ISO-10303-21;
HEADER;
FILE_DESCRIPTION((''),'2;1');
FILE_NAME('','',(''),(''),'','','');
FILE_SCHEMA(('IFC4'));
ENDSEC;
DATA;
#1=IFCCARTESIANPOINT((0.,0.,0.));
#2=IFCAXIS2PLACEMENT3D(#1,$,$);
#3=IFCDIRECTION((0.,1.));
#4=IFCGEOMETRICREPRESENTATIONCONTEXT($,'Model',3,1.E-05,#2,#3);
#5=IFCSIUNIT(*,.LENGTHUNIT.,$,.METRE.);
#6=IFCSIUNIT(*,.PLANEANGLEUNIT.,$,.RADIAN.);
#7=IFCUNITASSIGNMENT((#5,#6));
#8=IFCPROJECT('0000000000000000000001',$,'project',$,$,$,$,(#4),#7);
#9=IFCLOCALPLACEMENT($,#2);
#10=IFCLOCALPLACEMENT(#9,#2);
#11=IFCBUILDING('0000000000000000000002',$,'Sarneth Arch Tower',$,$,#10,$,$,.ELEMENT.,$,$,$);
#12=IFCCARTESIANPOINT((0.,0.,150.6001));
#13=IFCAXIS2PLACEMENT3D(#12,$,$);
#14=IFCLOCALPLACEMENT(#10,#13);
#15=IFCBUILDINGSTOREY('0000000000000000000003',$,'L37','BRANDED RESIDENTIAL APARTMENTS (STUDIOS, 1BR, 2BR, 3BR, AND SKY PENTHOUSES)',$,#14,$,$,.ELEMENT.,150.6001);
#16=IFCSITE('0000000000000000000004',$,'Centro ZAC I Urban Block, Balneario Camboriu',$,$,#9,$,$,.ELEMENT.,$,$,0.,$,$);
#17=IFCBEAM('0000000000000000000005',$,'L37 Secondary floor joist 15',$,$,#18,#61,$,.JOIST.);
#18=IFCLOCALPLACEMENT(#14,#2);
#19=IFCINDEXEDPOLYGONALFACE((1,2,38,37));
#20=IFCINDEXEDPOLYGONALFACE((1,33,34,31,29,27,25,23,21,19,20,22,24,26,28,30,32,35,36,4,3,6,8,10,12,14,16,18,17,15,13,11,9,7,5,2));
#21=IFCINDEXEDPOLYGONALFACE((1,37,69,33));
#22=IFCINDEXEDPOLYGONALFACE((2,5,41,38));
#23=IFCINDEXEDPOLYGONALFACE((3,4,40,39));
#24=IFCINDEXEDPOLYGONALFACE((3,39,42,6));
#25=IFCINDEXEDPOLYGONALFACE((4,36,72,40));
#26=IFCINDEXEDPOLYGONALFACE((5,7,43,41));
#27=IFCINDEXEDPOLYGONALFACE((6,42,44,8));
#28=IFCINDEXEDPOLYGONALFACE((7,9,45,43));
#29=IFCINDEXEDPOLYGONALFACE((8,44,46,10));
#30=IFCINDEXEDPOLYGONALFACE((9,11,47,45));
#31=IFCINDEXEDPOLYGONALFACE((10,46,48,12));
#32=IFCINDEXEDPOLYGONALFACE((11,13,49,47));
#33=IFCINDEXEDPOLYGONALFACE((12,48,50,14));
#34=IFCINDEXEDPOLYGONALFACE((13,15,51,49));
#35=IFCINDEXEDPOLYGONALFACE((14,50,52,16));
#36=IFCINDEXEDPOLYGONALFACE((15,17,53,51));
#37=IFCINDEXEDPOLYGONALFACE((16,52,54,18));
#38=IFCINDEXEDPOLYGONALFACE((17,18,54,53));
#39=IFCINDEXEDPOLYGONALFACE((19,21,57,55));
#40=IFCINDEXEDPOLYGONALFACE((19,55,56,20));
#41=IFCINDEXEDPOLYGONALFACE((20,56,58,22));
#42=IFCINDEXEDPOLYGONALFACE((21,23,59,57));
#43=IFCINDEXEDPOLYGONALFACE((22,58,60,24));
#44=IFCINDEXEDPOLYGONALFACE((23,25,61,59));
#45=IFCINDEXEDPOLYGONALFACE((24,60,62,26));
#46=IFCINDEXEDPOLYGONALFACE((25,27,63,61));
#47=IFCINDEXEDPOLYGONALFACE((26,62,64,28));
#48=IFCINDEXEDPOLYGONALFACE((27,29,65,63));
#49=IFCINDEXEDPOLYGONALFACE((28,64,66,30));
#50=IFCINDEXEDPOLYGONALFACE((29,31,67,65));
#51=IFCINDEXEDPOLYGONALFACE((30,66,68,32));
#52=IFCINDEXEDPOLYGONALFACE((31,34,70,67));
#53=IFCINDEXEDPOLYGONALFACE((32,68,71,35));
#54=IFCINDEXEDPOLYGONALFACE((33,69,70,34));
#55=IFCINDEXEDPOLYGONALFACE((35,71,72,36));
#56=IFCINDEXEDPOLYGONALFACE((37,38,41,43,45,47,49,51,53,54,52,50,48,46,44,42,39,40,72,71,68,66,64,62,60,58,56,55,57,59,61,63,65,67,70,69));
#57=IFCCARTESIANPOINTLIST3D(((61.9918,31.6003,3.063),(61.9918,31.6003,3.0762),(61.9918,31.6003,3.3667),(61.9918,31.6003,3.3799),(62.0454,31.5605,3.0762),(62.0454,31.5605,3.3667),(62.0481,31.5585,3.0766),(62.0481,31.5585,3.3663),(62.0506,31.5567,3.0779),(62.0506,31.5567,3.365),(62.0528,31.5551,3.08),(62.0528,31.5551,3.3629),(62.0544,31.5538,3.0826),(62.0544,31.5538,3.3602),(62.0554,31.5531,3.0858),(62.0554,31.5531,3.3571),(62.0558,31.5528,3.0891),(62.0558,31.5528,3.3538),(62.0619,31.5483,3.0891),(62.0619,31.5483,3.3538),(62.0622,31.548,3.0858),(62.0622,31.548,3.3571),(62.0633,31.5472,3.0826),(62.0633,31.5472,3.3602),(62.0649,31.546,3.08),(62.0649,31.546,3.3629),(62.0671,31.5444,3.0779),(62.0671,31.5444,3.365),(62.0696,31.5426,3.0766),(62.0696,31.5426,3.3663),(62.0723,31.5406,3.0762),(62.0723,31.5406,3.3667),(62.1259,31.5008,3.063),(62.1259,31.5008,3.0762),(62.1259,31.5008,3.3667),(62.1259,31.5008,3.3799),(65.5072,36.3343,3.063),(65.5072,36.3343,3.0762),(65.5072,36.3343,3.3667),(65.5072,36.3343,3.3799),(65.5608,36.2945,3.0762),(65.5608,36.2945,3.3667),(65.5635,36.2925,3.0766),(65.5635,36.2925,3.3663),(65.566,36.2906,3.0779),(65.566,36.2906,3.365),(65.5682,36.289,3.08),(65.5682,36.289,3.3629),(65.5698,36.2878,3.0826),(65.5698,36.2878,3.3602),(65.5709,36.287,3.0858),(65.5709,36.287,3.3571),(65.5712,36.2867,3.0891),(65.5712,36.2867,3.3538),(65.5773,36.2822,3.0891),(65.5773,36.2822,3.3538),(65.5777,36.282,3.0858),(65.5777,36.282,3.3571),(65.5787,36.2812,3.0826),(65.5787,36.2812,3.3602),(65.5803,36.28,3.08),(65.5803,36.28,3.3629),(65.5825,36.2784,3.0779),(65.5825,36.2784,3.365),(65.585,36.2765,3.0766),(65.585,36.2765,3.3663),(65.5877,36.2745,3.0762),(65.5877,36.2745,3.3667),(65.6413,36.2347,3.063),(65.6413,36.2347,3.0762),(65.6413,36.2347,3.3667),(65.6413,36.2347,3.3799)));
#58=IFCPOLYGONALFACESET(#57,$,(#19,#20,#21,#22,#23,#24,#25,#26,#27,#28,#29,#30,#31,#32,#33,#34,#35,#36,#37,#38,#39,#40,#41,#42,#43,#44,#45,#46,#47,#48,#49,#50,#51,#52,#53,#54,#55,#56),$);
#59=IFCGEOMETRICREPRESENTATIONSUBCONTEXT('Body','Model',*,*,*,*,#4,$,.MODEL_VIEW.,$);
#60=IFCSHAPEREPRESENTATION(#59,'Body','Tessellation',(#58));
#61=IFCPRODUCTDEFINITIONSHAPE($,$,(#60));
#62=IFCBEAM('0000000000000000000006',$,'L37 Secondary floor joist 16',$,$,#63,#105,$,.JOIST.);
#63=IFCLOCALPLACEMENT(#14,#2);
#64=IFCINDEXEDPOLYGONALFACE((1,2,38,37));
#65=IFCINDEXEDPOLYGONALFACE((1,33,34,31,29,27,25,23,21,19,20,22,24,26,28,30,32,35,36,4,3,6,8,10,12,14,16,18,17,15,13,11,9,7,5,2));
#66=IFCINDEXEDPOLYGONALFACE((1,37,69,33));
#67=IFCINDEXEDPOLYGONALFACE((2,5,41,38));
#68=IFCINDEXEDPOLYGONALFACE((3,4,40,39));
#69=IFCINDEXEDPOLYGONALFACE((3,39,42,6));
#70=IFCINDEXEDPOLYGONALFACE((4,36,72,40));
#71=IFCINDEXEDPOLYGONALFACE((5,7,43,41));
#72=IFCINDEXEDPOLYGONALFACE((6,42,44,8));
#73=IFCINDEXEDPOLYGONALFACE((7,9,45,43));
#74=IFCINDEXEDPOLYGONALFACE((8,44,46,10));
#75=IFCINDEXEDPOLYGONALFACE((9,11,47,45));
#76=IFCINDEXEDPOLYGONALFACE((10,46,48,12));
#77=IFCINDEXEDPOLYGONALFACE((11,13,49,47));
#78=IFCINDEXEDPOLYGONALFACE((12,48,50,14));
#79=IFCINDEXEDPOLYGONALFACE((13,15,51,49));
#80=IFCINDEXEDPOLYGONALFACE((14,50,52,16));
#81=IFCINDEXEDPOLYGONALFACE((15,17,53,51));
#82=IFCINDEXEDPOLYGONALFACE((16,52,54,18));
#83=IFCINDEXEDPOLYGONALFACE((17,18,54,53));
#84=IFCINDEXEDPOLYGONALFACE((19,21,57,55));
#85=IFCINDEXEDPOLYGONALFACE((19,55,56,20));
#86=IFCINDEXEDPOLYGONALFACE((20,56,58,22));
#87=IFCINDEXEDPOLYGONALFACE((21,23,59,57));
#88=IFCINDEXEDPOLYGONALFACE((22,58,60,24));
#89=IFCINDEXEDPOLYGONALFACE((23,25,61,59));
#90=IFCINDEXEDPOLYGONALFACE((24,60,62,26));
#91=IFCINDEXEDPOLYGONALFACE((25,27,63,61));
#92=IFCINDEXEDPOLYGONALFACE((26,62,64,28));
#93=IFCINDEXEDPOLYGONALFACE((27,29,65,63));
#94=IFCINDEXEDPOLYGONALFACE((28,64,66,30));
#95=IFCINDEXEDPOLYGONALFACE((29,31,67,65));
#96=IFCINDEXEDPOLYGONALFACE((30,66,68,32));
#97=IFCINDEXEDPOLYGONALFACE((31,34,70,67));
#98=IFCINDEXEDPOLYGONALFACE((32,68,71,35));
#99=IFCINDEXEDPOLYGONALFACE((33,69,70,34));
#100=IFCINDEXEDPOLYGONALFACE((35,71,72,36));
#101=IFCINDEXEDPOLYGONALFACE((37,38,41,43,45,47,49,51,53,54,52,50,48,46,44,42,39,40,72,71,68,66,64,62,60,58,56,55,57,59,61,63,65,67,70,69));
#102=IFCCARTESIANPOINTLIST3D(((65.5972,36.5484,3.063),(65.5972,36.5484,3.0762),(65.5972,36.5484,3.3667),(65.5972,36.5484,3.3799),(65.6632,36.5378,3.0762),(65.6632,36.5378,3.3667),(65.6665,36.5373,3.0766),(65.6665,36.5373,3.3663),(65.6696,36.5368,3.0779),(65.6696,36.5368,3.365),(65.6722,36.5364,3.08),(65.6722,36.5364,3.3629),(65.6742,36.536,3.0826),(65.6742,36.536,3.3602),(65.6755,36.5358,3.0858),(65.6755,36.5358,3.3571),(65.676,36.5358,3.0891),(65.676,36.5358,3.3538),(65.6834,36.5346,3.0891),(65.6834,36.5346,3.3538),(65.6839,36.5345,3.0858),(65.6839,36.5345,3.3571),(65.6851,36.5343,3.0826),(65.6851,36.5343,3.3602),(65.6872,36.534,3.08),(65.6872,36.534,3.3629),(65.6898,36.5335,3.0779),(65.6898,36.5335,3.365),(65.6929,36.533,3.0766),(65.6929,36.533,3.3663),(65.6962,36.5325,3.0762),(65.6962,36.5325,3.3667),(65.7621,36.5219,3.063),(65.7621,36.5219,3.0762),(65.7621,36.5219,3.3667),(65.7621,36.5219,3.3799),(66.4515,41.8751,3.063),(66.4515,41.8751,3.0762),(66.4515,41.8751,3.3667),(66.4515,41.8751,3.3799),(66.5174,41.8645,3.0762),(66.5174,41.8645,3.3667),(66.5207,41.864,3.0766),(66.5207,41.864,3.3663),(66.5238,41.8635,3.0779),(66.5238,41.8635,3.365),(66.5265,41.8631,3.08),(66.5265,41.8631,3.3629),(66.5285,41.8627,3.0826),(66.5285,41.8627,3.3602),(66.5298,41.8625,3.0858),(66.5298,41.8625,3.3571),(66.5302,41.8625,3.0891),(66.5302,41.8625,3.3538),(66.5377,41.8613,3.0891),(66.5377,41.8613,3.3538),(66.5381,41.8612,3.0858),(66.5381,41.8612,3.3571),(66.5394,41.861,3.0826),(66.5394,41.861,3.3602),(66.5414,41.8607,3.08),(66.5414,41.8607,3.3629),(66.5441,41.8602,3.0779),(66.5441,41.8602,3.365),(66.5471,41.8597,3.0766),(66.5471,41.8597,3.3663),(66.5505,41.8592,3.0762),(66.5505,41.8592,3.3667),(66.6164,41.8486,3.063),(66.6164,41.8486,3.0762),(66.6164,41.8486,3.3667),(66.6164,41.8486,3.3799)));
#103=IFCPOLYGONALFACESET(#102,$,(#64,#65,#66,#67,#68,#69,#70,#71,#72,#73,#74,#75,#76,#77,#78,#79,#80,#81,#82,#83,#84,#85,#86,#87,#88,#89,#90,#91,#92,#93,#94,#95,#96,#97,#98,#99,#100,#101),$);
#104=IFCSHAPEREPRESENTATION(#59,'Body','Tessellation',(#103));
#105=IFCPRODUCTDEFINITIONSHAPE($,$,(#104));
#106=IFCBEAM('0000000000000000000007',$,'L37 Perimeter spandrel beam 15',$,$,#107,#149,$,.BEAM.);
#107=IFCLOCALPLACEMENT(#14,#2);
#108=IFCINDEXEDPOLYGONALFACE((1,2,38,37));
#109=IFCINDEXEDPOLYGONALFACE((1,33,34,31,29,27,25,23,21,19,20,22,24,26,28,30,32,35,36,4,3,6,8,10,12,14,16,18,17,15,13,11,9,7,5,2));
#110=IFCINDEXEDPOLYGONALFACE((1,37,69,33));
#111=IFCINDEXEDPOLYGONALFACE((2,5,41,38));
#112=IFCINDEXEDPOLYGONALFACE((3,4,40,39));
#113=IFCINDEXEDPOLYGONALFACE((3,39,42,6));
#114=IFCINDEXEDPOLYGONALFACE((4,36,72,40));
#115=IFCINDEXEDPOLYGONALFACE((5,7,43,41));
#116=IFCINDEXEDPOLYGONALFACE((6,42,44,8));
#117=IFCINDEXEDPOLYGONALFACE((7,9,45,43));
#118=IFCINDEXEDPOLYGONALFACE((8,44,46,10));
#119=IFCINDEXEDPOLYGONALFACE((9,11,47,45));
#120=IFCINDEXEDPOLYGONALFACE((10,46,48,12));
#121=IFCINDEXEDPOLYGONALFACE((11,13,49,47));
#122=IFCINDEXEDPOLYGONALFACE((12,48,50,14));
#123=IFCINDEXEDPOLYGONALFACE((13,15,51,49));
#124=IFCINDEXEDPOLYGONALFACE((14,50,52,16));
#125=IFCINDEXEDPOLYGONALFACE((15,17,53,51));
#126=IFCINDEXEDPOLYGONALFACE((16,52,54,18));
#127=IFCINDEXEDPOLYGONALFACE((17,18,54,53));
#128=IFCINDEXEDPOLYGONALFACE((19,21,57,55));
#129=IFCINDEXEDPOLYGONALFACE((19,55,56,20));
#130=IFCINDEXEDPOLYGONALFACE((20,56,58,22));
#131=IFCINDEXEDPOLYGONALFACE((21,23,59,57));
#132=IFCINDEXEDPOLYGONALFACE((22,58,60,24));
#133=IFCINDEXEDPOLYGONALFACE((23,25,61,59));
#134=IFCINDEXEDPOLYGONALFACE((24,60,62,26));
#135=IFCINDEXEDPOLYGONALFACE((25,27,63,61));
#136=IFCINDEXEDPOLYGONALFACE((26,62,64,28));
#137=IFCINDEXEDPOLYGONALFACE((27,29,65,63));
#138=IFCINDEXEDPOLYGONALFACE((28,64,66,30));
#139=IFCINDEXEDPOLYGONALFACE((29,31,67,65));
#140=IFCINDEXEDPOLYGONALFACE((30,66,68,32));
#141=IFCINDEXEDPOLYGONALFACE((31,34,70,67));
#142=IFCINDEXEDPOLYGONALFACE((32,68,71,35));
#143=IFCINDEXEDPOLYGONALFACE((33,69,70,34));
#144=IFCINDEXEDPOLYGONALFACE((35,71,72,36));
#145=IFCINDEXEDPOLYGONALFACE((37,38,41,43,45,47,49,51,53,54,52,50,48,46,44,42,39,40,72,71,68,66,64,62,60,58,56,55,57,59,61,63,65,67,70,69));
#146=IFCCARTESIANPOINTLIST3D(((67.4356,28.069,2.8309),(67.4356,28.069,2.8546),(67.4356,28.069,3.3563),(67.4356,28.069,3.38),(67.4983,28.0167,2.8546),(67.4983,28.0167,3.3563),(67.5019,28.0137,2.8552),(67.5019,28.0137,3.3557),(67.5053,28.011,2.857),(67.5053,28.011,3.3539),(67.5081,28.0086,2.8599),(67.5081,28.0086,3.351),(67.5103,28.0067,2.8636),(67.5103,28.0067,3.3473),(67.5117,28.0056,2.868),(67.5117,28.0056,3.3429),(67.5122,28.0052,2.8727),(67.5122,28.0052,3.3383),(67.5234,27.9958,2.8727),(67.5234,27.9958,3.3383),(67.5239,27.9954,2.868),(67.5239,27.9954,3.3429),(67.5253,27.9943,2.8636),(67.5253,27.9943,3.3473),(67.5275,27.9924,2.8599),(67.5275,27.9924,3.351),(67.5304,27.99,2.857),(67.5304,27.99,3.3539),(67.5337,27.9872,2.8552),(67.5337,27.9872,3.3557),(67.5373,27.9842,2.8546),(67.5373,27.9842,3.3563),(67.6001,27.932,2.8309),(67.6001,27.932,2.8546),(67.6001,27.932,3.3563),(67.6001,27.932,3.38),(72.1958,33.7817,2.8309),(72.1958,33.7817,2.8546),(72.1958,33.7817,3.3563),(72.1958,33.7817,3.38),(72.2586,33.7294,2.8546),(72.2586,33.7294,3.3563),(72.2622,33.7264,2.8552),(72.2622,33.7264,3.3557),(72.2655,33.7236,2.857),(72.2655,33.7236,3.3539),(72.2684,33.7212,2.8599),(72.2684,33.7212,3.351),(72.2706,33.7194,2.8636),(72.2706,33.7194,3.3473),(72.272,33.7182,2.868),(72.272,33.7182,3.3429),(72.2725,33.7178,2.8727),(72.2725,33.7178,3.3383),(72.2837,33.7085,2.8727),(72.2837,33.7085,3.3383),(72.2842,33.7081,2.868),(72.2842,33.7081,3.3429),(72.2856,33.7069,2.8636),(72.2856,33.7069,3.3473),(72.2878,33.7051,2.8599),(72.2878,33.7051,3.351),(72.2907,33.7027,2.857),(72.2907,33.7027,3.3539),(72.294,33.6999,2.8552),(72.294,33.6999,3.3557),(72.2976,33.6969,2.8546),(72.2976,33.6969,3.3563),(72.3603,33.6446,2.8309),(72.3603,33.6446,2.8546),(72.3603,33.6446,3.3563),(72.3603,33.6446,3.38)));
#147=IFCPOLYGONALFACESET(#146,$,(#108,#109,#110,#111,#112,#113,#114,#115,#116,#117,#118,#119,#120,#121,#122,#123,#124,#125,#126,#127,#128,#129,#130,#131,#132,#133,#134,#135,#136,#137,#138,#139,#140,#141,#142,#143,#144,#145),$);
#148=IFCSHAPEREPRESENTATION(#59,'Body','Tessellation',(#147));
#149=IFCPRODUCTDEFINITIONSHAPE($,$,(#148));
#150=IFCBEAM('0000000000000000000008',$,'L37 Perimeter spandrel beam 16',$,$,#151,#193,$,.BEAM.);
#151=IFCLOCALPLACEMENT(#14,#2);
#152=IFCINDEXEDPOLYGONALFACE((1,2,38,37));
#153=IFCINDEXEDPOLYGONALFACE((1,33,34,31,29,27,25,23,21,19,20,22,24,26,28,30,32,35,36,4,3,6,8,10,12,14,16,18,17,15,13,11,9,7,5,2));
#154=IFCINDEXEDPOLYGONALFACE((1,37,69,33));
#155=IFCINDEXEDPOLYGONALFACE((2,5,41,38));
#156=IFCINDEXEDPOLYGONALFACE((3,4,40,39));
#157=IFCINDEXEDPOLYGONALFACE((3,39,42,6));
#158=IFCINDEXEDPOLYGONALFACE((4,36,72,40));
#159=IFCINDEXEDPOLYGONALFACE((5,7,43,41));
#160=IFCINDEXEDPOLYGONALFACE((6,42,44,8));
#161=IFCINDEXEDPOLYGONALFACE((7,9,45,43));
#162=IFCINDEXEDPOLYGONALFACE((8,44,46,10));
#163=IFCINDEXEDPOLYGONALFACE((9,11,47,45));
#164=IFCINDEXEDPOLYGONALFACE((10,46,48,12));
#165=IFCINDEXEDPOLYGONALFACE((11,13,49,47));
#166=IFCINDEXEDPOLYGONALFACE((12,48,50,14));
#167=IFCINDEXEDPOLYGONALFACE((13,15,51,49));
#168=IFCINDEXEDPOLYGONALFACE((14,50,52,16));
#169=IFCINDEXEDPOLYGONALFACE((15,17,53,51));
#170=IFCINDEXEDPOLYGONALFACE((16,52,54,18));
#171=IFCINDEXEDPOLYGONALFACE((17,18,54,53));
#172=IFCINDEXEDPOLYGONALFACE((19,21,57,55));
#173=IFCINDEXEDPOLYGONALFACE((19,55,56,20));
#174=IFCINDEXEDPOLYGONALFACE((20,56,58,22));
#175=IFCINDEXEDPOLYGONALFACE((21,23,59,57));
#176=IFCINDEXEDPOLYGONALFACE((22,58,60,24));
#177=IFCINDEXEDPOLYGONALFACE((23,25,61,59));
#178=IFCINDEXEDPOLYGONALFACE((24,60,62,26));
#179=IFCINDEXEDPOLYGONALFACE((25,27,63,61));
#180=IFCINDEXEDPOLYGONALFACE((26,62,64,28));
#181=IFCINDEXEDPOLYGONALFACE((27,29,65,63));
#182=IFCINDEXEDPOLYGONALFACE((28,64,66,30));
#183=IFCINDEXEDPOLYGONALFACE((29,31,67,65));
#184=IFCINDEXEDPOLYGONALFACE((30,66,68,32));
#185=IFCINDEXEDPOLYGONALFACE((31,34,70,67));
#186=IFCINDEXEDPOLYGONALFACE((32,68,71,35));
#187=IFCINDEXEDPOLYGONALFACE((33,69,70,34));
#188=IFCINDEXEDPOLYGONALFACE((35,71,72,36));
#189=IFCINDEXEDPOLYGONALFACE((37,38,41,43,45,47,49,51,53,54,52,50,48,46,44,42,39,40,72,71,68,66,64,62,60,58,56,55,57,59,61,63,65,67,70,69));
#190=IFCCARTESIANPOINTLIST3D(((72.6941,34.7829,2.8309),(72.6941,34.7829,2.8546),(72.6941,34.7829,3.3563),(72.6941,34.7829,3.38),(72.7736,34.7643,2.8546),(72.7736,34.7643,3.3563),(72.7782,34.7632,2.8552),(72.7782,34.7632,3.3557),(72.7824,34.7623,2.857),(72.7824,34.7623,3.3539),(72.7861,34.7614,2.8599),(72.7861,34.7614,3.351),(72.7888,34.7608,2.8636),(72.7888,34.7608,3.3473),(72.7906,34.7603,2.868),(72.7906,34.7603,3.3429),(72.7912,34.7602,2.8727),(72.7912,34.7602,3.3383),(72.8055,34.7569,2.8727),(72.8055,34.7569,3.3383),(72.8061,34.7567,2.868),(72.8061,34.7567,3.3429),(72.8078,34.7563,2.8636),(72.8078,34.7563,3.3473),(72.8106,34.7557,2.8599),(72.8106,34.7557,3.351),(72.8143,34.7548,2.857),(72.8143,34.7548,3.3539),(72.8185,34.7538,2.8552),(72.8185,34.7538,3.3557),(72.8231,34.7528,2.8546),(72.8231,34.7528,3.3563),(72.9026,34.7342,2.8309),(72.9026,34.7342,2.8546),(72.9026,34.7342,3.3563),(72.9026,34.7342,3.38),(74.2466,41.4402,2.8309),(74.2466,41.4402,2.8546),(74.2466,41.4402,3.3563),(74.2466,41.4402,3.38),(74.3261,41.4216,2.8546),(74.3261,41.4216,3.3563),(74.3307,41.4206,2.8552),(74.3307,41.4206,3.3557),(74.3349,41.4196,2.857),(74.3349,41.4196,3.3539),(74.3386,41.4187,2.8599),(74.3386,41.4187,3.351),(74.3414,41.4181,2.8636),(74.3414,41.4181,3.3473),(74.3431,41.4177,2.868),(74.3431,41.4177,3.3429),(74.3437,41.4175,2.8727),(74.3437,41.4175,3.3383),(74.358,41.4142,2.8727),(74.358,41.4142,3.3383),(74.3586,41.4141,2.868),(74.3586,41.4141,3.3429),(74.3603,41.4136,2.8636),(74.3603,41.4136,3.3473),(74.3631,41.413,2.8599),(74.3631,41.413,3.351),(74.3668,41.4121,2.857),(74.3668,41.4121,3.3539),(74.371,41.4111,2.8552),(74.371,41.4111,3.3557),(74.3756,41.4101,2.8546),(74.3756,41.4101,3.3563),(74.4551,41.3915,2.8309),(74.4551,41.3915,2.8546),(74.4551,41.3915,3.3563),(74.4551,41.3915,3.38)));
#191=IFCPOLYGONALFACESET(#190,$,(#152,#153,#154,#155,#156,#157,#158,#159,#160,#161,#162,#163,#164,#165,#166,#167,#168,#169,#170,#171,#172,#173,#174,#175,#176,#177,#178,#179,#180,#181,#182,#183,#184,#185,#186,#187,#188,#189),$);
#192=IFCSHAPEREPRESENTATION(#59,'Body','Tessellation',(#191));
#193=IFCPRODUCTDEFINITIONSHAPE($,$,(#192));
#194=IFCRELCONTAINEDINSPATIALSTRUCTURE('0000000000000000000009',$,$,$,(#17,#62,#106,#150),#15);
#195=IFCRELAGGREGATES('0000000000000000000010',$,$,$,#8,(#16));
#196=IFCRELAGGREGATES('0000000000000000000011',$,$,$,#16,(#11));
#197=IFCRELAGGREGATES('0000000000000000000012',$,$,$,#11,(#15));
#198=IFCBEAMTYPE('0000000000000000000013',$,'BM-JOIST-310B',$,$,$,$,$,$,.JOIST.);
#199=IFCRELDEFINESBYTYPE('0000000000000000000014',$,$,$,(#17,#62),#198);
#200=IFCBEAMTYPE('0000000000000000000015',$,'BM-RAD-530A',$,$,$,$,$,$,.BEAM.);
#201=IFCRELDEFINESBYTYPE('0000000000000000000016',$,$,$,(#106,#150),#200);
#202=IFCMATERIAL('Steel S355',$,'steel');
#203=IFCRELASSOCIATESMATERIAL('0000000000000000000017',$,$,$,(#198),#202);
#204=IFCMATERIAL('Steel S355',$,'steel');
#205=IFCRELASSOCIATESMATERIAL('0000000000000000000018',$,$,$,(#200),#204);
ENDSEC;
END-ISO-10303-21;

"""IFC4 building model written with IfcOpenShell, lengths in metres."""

from ifc_helpers import new_model, si_unit, direction, frame, origin, origin_2d, place, context, subcontext, project, spatial, i_section, extrude, material, material_profile, profile_set, type_object, element, save


model = new_model("IFC4")

# Units and contexts
model_context = context("Model", 3, precision=1e-05, world=origin(), true_north=direction((0.0, 1.0)))
body_context = subcontext(model_context, "Body", "Model", "MODEL_VIEW")
ifc_project = project(units=[si_unit("LENGTHUNIT", "METRE"), si_unit("PLANEANGLEUNIT", "RADIAN")], contexts=[model_context])

# Site, building, storey
site_placement = place(None, origin())
site = spatial("IfcSite", under=ifc_project, at=site_placement, Name="Centro ZAC I Urban Block, Balneario Camboriu", CompositionType="ELEMENT", RefElevation=0.0)
building_placement = place(site_placement, origin())
building = spatial("IfcBuilding", under=site, at=building_placement, Name="Sarneth Arch Tower", CompositionType="ELEMENT")
storey_placement = place(building_placement, frame((0.0, 0.0, 150.6001)))
storey = spatial("IfcBuildingStorey", under=building, at=storey_placement, Name="L37", Description="BRANDED RESIDENTIAL APARTMENTS (STUDIOS, 1BR, 2BR, 3BR, AND SKY PENTHOUSES)", CompositionType="ELEMENT", Elevation=150.6001)

# Beams
ifc_material_1 = material(Name="Steel S355", Category="steel")
ifc_material_profile_1 = material_profile(ifc_material_1, i_section(OverallWidth=0.167, OverallDepth=0.3169, WebThickness=0.0076, FlangeThickness=0.0132, FilletRadius=0.0129, at=origin_2d()), Name="W310x52")
ifc_profile_set_1 = profile_set([ifc_material_profile_1], Name="Steel S355")
beam_type_1 = type_object("IfcBeamType", Name="BM-JOIST-310B", PredefinedType="JOIST", material=ifc_profile_set_1)
beam_1_placement = place(storey_placement, frame((62.0588, 31.5505, 3.2214), z_axis=(0.596191, 0.802843, 0.0), x_axis=(-0.802843, 0.596191, 0.0)))
element("IfcBeam", 1, at=beam_1_placement, inside=storey, type_object=beam_type_1, Name="L37 Secondary floor joist 15", PredefinedType="JOIST", context=body_context, shape_type="SweptSolid", body=[
    extrude(i_section(OverallWidth=0.167, OverallDepth=0.3169, WebThickness=0.0076, FlangeThickness=0.0132, FilletRadius=0.0129, at=origin_2d()), origin(), (0.0, 0.0, 1.0), 5.8965),
])
beam_2_placement = place(storey_placement, frame((65.6797, 36.5352, 3.2214), z_axis=(0.158349, 0.987383, 0.0), x_axis=(-0.987383, 0.158349, 0.0)))
element("IfcBeam", 2, at=beam_2_placement, inside=storey, type_object=beam_type_1, Name="L37 Secondary floor joist 16", PredefinedType="JOIST", context=body_context, shape_type="SweptSolid", body=[
    extrude(i_section(OverallWidth=0.167, OverallDepth=0.3169, WebThickness=0.0076, FlangeThickness=0.0132, FilletRadius=0.0129, at=origin_2d()), origin(), (0.0, 0.0, 1.0), 5.3948),
])
ifc_material_2 = material(Name="Steel S355", Category="steel")
ifc_material_profile_2 = material_profile(ifc_material_2, i_section(OverallWidth=0.2141, OverallDepth=0.5491, WebThickness=0.0146, FlangeThickness=0.0237, FilletRadius=0.0181, at=origin_2d()), Name="W530x138")
ifc_profile_set_2 = profile_set([ifc_material_profile_2], Name="Steel S355")
beam_type_2 = type_object("IfcBeamType", Name="BM-RAD-530A", PredefinedType="BEAM", material=ifc_profile_set_2)
beam_3_placement = place(storey_placement, frame((67.5178, 28.0005, 3.1055), z_axis=(0.640162, 0.76824, 0.0), x_axis=(-0.76824, 0.640162, 0.0)))
element("IfcBeam", 3, at=beam_3_placement, inside=storey, type_object=beam_type_2, Name="L37 Perimeter spandrel beam 15", PredefinedType="BEAM", context=body_context, shape_type="SweptSolid", body=[
    extrude(i_section(OverallWidth=0.2141, OverallDepth=0.5491, WebThickness=0.0146, FlangeThickness=0.0237, FilletRadius=0.0181, at=origin_2d()), origin(), (0.0, 0.0, 1.0), 7.436),
])
beam_4_placement = place(storey_placement, frame((72.7983, 34.7585, 3.1055), z_axis=(0.22711, 0.973869, 0.0), x_axis=(-0.973869, 0.22711, 0.0)))
element("IfcBeam", 4, at=beam_4_placement, inside=storey, type_object=beam_type_2, Name="L37 Perimeter spandrel beam 16", PredefinedType="BEAM", context=body_context, shape_type="SweptSolid", body=[
    extrude(i_section(OverallWidth=0.2141, OverallDepth=0.5491, WebThickness=0.0146, FlangeThickness=0.0237, FilletRadius=0.0181, at=origin_2d()), origin(), (0.0, 0.0, 1.0), 6.8359),
])

save(model, "model.ifc")
